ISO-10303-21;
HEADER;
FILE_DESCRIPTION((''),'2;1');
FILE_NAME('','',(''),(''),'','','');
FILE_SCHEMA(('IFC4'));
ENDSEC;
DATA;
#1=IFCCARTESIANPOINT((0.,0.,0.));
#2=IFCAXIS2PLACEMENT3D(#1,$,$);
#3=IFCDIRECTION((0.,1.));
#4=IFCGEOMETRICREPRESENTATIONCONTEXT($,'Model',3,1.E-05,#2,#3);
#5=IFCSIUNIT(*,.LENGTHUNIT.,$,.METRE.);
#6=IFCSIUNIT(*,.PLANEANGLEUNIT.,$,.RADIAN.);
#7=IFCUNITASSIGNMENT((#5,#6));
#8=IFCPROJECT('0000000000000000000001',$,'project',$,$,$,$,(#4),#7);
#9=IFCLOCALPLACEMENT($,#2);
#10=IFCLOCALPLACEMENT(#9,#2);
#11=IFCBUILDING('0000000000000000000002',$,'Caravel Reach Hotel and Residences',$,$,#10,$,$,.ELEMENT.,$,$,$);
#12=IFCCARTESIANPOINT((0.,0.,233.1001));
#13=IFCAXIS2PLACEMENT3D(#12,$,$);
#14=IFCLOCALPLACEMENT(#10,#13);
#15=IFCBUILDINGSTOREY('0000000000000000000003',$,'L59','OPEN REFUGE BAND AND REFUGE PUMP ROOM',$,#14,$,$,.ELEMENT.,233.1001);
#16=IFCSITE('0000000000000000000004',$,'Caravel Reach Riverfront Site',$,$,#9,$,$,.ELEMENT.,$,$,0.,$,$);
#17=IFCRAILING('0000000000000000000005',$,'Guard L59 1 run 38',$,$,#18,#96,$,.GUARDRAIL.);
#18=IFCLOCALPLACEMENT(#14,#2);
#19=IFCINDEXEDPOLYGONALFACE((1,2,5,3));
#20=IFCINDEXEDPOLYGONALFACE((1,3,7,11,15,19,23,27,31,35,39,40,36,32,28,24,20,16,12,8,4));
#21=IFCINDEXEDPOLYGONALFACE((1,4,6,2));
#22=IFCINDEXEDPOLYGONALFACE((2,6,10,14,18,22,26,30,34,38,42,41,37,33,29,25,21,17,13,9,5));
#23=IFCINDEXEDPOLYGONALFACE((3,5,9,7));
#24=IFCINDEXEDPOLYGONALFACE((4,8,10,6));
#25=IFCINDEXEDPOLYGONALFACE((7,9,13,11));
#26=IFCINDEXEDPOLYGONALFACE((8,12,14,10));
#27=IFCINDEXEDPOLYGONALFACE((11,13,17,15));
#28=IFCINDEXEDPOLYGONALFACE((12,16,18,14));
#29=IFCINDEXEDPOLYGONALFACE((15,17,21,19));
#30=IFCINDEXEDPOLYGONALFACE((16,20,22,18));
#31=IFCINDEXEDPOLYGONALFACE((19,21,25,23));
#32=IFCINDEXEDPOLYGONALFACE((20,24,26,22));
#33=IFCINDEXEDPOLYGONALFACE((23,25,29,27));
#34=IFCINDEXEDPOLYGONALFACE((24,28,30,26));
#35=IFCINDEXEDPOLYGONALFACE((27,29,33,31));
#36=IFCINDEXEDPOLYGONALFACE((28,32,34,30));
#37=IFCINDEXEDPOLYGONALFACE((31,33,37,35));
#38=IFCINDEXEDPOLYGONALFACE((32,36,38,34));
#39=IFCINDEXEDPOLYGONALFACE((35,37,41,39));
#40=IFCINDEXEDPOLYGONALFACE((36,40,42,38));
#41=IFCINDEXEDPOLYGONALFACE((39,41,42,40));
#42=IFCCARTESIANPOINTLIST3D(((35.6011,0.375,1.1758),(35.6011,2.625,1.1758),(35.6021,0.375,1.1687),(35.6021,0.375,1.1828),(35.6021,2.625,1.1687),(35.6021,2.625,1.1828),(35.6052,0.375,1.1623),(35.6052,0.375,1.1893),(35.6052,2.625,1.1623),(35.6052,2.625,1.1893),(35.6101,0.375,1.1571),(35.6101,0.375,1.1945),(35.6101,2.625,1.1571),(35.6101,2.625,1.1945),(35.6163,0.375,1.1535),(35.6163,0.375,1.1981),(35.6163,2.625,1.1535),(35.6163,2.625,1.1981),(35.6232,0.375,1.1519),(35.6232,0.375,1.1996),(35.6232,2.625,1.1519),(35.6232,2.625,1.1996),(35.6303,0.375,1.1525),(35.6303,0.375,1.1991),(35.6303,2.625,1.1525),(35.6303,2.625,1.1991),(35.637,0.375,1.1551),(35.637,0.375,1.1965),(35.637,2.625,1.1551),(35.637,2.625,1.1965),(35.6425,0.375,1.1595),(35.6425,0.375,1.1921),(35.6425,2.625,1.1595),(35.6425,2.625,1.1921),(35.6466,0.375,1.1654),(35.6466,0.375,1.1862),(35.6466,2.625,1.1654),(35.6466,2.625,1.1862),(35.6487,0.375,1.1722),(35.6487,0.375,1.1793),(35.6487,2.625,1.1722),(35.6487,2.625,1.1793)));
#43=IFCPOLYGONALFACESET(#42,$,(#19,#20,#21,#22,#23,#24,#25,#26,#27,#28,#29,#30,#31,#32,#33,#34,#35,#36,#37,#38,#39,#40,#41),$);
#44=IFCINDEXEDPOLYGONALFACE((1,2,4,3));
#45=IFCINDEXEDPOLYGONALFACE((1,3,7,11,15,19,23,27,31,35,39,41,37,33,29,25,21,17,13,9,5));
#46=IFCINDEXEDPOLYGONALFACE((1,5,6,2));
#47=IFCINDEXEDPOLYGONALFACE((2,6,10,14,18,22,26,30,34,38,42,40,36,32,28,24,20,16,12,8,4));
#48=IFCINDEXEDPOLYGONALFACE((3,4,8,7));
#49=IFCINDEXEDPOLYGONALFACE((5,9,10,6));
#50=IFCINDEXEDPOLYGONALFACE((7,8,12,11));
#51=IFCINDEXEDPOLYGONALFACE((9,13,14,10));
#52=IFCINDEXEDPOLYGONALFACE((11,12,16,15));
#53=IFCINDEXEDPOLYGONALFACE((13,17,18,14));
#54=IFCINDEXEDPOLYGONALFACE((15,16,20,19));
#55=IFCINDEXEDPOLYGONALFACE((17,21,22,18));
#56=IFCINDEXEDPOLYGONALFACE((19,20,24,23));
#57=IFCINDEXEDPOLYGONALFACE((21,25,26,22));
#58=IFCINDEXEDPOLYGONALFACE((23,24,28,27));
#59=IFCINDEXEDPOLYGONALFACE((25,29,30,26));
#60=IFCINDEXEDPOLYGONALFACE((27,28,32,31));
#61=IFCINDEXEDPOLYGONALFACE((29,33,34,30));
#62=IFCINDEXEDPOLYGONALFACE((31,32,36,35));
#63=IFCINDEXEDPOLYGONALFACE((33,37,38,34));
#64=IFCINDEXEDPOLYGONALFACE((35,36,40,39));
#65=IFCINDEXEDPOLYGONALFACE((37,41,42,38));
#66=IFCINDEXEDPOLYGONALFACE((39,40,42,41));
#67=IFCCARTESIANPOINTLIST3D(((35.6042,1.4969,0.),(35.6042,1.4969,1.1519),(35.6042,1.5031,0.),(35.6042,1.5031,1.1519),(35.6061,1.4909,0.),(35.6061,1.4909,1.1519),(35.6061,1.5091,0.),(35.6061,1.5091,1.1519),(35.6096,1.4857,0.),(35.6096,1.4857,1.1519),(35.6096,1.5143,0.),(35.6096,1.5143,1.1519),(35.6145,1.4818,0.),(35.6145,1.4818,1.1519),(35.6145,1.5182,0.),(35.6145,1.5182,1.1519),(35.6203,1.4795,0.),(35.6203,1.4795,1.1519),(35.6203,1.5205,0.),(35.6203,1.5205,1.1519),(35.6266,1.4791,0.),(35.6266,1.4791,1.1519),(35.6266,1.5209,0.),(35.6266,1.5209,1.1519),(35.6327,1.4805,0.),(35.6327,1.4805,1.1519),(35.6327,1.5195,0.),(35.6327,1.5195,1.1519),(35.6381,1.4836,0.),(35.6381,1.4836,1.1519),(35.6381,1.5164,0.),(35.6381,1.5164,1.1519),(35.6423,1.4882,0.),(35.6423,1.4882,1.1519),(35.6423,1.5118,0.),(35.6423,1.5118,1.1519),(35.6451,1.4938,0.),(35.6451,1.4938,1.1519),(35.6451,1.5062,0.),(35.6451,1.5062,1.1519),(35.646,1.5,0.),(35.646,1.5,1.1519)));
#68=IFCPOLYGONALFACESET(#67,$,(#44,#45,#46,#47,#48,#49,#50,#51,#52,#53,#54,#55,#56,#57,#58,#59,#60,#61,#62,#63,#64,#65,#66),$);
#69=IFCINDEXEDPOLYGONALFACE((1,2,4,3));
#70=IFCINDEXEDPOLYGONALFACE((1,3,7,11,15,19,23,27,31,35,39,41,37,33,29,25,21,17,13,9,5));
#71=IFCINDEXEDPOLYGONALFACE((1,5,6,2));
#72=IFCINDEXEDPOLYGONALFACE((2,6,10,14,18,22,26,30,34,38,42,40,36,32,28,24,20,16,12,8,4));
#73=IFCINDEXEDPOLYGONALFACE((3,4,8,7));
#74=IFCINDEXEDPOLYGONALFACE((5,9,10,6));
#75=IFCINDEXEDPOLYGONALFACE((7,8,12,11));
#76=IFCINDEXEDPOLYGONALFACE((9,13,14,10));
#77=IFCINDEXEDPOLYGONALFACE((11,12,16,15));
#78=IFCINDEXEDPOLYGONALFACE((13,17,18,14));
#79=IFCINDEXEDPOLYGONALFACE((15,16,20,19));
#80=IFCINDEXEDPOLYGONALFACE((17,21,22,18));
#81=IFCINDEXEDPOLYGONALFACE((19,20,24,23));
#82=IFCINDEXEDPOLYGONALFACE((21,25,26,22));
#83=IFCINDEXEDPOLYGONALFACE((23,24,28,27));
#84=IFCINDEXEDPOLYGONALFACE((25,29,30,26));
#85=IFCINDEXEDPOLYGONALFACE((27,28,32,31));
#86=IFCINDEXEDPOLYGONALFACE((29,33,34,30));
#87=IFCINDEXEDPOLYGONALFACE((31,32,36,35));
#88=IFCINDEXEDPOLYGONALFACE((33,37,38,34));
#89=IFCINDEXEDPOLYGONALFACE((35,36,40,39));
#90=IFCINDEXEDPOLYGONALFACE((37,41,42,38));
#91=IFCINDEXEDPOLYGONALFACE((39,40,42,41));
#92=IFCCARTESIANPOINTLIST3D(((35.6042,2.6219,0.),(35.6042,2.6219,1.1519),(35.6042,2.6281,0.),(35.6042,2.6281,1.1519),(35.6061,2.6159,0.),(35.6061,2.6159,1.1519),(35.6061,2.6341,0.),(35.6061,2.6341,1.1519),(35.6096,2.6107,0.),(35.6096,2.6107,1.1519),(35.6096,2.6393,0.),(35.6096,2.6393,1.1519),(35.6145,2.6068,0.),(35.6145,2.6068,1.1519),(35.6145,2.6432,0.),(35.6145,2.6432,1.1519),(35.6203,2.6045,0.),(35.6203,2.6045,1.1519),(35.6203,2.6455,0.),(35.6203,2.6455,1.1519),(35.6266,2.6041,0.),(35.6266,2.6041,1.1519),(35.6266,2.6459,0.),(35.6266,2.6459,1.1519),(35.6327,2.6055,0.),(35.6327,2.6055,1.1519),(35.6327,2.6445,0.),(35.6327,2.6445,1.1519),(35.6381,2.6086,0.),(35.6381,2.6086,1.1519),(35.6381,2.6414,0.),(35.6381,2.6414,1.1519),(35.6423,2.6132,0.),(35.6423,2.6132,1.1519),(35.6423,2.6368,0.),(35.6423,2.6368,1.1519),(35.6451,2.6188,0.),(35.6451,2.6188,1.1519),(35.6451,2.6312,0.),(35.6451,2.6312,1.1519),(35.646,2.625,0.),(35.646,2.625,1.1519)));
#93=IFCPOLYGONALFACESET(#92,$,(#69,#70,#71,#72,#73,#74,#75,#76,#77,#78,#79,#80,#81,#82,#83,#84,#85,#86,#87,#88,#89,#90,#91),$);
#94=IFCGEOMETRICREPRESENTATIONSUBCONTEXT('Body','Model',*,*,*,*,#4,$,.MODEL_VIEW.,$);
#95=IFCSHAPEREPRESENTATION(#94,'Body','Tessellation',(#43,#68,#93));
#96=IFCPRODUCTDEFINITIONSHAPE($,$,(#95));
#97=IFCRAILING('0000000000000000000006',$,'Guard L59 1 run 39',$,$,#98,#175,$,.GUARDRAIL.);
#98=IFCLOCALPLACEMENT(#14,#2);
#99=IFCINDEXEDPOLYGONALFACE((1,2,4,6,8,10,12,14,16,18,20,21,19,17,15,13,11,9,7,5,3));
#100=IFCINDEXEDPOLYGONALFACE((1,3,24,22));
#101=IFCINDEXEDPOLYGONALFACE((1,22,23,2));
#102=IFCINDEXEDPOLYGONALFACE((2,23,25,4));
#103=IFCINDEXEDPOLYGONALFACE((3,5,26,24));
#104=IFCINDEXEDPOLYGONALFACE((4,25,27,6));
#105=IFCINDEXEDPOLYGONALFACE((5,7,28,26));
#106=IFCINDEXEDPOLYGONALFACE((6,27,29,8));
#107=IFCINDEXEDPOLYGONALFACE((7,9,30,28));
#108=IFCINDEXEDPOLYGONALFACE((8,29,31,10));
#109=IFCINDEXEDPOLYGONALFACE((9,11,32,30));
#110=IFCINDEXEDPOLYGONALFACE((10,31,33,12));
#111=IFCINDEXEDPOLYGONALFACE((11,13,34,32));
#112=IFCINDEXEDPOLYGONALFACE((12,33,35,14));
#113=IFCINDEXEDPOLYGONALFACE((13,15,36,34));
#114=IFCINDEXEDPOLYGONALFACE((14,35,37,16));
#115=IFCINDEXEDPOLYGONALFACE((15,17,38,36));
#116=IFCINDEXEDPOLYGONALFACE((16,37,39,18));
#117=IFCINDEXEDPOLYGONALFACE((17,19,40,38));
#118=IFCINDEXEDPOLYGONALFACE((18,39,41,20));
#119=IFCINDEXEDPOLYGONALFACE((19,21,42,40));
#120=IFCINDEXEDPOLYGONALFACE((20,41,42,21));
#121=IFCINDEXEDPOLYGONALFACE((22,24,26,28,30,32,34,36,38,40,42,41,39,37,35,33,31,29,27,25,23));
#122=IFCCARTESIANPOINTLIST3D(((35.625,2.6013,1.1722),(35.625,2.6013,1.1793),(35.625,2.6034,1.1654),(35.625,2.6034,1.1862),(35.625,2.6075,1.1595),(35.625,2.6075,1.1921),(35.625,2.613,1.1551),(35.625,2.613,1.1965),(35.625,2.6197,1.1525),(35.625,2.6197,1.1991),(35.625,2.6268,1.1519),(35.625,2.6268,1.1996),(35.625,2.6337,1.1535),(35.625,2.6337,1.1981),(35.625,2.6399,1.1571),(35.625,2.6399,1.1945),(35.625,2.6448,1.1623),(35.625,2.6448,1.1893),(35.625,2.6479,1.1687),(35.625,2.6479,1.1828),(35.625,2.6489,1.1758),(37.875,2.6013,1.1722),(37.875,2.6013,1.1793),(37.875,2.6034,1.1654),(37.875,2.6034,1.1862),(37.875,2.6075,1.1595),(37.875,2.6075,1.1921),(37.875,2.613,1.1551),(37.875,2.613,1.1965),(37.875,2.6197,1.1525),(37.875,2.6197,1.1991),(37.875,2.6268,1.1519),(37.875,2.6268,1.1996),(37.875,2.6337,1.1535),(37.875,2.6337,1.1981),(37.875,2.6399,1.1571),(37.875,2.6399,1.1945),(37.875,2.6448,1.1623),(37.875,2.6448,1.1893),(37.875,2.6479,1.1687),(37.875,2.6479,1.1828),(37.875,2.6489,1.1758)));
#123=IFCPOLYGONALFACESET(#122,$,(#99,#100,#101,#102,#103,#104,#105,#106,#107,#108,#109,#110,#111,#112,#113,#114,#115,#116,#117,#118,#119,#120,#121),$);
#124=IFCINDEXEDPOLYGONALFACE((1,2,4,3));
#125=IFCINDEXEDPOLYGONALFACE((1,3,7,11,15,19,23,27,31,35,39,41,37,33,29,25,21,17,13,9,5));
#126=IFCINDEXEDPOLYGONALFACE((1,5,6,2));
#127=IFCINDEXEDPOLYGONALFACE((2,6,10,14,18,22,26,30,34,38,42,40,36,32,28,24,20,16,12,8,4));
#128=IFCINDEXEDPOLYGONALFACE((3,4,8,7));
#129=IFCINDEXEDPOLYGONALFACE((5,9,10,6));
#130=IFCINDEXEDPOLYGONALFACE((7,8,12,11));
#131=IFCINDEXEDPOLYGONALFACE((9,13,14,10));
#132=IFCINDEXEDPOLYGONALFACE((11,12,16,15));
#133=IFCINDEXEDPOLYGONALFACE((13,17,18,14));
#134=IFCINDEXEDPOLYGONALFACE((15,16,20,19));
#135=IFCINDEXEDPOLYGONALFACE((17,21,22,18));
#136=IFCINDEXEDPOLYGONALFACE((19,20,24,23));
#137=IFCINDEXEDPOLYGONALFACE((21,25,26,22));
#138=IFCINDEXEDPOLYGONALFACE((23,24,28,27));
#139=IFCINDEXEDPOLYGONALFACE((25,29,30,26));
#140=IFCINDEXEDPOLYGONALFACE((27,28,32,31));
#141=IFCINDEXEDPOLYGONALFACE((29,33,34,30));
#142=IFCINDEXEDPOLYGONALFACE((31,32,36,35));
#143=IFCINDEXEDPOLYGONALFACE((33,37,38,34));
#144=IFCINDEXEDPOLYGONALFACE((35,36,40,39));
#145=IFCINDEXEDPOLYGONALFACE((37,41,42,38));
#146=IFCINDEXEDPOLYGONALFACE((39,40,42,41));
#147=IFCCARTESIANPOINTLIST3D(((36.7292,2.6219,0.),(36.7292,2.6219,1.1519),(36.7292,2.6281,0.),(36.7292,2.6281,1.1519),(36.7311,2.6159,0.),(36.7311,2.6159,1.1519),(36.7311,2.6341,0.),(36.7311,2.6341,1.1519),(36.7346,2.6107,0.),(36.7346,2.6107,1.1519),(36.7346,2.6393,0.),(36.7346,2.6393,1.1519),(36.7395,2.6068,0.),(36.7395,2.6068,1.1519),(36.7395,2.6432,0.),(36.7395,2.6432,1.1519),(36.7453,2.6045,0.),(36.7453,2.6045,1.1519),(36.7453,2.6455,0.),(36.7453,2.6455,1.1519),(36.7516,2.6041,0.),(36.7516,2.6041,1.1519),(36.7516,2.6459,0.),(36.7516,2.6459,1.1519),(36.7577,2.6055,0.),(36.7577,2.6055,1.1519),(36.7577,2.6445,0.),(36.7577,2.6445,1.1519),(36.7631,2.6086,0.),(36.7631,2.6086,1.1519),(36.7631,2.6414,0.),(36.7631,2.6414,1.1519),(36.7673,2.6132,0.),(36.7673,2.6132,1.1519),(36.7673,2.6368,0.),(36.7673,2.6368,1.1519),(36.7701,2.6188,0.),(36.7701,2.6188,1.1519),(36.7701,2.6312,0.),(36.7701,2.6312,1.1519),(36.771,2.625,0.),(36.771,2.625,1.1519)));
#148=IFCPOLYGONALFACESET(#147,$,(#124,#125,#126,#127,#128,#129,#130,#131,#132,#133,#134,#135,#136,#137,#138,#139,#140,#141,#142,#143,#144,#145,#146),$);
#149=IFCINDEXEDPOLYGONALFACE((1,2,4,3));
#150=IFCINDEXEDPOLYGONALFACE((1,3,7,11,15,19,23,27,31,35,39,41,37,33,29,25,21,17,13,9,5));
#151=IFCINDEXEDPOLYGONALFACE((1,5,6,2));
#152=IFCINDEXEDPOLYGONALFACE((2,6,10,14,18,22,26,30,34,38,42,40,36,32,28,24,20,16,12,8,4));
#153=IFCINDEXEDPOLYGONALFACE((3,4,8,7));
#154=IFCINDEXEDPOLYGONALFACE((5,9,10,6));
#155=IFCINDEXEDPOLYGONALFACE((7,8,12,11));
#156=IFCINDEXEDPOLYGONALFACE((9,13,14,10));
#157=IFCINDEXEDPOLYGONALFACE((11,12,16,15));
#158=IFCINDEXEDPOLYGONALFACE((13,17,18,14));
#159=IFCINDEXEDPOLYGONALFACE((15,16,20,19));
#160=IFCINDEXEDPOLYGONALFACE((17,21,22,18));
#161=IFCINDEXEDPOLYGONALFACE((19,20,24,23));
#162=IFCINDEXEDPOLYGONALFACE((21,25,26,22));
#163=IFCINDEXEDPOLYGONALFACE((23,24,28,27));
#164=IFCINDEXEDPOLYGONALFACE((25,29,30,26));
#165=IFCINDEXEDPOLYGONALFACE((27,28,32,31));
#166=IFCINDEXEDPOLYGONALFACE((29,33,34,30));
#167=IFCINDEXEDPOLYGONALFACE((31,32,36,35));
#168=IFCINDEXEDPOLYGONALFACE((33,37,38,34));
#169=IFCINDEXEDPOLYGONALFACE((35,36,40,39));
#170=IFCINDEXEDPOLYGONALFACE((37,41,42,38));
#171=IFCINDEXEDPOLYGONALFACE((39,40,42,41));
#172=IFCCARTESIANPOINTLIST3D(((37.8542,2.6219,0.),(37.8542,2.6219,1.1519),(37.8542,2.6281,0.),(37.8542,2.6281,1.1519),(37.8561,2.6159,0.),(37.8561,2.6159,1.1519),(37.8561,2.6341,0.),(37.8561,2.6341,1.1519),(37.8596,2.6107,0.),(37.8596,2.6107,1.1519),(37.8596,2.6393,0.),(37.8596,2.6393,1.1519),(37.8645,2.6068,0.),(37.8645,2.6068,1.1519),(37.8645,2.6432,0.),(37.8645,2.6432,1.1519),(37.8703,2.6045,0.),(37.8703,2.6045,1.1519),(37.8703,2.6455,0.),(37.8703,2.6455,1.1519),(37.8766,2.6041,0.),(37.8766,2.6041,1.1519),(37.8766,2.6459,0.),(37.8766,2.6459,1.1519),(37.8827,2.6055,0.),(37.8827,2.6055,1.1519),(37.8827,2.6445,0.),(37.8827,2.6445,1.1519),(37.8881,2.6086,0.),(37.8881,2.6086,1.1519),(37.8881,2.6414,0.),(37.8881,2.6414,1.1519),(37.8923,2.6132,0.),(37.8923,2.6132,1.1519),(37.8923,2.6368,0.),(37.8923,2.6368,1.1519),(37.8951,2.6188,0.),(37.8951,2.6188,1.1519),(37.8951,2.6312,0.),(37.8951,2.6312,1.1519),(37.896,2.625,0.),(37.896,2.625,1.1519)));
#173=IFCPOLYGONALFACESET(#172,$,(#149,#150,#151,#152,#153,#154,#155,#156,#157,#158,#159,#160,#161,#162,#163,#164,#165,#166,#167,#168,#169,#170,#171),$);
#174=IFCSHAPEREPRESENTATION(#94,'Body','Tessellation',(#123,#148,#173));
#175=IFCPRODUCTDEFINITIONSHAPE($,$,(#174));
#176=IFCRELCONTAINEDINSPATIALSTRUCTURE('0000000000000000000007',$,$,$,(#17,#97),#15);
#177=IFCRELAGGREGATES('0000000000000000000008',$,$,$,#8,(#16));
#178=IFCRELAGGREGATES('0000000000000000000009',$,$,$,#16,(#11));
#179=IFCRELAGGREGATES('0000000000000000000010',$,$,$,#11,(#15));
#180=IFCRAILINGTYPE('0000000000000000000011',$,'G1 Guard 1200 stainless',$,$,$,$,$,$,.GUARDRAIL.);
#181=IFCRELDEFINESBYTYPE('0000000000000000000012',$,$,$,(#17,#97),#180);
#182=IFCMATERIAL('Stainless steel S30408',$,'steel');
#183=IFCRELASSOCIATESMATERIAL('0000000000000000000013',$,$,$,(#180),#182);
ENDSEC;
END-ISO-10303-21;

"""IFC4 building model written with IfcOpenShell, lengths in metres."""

from ifc_helpers import new_model, si_unit, direction, frame, origin, origin_2d, place, context, subcontext, project, spatial, circle, extrude, material, type_object, element, save


model = new_model("IFC4")

# Units and contexts
model_context = context("Model", 3, precision=1e-05, world=origin(), true_north=direction((0.0, 1.0)))
body_context = subcontext(model_context, "Body", "Model", "MODEL_VIEW")
ifc_project = project(units=[si_unit("LENGTHUNIT", "METRE"), si_unit("PLANEANGLEUNIT", "RADIAN")], contexts=[model_context])

# Site, building, storey
site_placement = place(None, origin())
site = spatial("IfcSite", under=ifc_project, at=site_placement, Name="Caravel Reach Riverfront Site", CompositionType="ELEMENT", RefElevation=0.0)
building_placement = place(site_placement, origin())
building = spatial("IfcBuilding", under=site, at=building_placement, Name="Caravel Reach Hotel and Residences", CompositionType="ELEMENT")
storey_placement = place(building_placement, frame((0.0, 0.0, 233.1001)))
storey = spatial("IfcBuildingStorey", under=building, at=storey_placement, Name="L59", Description="OPEN REFUGE BAND AND REFUGE PUMP ROOM", CompositionType="ELEMENT", Elevation=233.1001)

# Railings
ifc_material_1 = material(Name="Stainless steel S30408", Category="steel")
railing_type = type_object("IfcRailingType", Name="G1 Guard 1200 stainless", PredefinedType="GUARDRAIL", material=ifc_material_1)
railing_1_placement = place(storey_placement, frame((35.625, 0.375, 0.0)))
element("IfcRailing", 1, at=railing_1_placement, inside=storey, type_object=railing_type, Name="Guard L59 1 run 38", PredefinedType="GUARDRAIL", context=body_context, shape_type="SweptSolid", body=[
    extrude(circle(Radius=0.0239, at=origin_2d()), frame((0.0, 0.0, 1.1758), z_axis=(0.0, 1.0, 0.0), x_axis=(-1.0, 0.0, 0.0)), (0.0, 0.0, 1.0), 2.25),
    extrude(circle(Radius=0.021, at=origin_2d()), frame((0.0, 1.125, 0.0)), (0.0, 0.0, 1.0), 1.1519),
    extrude(circle(Radius=0.021, at=origin_2d()), frame((0.0, 2.25, 0.0)), (0.0, 0.0, 1.0), 1.1519),
])
railing_2_placement = place(storey_placement, frame((35.625, 2.625, 0.0)))
element("IfcRailing", 2, at=railing_2_placement, inside=storey, type_object=railing_type, Name="Guard L59 1 run 39", PredefinedType="GUARDRAIL", context=body_context, shape_type="SweptSolid", body=[
    extrude(circle(Radius=0.0239, at=origin_2d()), frame((0.0, 0.0, 1.1758), z_axis=(1.0, 0.0, 0.0), x_axis=(0.0, 1.0, 0.0)), (0.0, 0.0, 1.0), 2.25),
    extrude(circle(Radius=0.021, at=origin_2d()), frame((1.125, 0.0, 0.0)), (0.0, 0.0, 1.0), 1.1519),
    extrude(circle(Radius=0.021, at=origin_2d()), frame((2.25, 0.0, 0.0)), (0.0, 0.0, 1.0), 1.1519),
])

save(model, "model.ifc")
